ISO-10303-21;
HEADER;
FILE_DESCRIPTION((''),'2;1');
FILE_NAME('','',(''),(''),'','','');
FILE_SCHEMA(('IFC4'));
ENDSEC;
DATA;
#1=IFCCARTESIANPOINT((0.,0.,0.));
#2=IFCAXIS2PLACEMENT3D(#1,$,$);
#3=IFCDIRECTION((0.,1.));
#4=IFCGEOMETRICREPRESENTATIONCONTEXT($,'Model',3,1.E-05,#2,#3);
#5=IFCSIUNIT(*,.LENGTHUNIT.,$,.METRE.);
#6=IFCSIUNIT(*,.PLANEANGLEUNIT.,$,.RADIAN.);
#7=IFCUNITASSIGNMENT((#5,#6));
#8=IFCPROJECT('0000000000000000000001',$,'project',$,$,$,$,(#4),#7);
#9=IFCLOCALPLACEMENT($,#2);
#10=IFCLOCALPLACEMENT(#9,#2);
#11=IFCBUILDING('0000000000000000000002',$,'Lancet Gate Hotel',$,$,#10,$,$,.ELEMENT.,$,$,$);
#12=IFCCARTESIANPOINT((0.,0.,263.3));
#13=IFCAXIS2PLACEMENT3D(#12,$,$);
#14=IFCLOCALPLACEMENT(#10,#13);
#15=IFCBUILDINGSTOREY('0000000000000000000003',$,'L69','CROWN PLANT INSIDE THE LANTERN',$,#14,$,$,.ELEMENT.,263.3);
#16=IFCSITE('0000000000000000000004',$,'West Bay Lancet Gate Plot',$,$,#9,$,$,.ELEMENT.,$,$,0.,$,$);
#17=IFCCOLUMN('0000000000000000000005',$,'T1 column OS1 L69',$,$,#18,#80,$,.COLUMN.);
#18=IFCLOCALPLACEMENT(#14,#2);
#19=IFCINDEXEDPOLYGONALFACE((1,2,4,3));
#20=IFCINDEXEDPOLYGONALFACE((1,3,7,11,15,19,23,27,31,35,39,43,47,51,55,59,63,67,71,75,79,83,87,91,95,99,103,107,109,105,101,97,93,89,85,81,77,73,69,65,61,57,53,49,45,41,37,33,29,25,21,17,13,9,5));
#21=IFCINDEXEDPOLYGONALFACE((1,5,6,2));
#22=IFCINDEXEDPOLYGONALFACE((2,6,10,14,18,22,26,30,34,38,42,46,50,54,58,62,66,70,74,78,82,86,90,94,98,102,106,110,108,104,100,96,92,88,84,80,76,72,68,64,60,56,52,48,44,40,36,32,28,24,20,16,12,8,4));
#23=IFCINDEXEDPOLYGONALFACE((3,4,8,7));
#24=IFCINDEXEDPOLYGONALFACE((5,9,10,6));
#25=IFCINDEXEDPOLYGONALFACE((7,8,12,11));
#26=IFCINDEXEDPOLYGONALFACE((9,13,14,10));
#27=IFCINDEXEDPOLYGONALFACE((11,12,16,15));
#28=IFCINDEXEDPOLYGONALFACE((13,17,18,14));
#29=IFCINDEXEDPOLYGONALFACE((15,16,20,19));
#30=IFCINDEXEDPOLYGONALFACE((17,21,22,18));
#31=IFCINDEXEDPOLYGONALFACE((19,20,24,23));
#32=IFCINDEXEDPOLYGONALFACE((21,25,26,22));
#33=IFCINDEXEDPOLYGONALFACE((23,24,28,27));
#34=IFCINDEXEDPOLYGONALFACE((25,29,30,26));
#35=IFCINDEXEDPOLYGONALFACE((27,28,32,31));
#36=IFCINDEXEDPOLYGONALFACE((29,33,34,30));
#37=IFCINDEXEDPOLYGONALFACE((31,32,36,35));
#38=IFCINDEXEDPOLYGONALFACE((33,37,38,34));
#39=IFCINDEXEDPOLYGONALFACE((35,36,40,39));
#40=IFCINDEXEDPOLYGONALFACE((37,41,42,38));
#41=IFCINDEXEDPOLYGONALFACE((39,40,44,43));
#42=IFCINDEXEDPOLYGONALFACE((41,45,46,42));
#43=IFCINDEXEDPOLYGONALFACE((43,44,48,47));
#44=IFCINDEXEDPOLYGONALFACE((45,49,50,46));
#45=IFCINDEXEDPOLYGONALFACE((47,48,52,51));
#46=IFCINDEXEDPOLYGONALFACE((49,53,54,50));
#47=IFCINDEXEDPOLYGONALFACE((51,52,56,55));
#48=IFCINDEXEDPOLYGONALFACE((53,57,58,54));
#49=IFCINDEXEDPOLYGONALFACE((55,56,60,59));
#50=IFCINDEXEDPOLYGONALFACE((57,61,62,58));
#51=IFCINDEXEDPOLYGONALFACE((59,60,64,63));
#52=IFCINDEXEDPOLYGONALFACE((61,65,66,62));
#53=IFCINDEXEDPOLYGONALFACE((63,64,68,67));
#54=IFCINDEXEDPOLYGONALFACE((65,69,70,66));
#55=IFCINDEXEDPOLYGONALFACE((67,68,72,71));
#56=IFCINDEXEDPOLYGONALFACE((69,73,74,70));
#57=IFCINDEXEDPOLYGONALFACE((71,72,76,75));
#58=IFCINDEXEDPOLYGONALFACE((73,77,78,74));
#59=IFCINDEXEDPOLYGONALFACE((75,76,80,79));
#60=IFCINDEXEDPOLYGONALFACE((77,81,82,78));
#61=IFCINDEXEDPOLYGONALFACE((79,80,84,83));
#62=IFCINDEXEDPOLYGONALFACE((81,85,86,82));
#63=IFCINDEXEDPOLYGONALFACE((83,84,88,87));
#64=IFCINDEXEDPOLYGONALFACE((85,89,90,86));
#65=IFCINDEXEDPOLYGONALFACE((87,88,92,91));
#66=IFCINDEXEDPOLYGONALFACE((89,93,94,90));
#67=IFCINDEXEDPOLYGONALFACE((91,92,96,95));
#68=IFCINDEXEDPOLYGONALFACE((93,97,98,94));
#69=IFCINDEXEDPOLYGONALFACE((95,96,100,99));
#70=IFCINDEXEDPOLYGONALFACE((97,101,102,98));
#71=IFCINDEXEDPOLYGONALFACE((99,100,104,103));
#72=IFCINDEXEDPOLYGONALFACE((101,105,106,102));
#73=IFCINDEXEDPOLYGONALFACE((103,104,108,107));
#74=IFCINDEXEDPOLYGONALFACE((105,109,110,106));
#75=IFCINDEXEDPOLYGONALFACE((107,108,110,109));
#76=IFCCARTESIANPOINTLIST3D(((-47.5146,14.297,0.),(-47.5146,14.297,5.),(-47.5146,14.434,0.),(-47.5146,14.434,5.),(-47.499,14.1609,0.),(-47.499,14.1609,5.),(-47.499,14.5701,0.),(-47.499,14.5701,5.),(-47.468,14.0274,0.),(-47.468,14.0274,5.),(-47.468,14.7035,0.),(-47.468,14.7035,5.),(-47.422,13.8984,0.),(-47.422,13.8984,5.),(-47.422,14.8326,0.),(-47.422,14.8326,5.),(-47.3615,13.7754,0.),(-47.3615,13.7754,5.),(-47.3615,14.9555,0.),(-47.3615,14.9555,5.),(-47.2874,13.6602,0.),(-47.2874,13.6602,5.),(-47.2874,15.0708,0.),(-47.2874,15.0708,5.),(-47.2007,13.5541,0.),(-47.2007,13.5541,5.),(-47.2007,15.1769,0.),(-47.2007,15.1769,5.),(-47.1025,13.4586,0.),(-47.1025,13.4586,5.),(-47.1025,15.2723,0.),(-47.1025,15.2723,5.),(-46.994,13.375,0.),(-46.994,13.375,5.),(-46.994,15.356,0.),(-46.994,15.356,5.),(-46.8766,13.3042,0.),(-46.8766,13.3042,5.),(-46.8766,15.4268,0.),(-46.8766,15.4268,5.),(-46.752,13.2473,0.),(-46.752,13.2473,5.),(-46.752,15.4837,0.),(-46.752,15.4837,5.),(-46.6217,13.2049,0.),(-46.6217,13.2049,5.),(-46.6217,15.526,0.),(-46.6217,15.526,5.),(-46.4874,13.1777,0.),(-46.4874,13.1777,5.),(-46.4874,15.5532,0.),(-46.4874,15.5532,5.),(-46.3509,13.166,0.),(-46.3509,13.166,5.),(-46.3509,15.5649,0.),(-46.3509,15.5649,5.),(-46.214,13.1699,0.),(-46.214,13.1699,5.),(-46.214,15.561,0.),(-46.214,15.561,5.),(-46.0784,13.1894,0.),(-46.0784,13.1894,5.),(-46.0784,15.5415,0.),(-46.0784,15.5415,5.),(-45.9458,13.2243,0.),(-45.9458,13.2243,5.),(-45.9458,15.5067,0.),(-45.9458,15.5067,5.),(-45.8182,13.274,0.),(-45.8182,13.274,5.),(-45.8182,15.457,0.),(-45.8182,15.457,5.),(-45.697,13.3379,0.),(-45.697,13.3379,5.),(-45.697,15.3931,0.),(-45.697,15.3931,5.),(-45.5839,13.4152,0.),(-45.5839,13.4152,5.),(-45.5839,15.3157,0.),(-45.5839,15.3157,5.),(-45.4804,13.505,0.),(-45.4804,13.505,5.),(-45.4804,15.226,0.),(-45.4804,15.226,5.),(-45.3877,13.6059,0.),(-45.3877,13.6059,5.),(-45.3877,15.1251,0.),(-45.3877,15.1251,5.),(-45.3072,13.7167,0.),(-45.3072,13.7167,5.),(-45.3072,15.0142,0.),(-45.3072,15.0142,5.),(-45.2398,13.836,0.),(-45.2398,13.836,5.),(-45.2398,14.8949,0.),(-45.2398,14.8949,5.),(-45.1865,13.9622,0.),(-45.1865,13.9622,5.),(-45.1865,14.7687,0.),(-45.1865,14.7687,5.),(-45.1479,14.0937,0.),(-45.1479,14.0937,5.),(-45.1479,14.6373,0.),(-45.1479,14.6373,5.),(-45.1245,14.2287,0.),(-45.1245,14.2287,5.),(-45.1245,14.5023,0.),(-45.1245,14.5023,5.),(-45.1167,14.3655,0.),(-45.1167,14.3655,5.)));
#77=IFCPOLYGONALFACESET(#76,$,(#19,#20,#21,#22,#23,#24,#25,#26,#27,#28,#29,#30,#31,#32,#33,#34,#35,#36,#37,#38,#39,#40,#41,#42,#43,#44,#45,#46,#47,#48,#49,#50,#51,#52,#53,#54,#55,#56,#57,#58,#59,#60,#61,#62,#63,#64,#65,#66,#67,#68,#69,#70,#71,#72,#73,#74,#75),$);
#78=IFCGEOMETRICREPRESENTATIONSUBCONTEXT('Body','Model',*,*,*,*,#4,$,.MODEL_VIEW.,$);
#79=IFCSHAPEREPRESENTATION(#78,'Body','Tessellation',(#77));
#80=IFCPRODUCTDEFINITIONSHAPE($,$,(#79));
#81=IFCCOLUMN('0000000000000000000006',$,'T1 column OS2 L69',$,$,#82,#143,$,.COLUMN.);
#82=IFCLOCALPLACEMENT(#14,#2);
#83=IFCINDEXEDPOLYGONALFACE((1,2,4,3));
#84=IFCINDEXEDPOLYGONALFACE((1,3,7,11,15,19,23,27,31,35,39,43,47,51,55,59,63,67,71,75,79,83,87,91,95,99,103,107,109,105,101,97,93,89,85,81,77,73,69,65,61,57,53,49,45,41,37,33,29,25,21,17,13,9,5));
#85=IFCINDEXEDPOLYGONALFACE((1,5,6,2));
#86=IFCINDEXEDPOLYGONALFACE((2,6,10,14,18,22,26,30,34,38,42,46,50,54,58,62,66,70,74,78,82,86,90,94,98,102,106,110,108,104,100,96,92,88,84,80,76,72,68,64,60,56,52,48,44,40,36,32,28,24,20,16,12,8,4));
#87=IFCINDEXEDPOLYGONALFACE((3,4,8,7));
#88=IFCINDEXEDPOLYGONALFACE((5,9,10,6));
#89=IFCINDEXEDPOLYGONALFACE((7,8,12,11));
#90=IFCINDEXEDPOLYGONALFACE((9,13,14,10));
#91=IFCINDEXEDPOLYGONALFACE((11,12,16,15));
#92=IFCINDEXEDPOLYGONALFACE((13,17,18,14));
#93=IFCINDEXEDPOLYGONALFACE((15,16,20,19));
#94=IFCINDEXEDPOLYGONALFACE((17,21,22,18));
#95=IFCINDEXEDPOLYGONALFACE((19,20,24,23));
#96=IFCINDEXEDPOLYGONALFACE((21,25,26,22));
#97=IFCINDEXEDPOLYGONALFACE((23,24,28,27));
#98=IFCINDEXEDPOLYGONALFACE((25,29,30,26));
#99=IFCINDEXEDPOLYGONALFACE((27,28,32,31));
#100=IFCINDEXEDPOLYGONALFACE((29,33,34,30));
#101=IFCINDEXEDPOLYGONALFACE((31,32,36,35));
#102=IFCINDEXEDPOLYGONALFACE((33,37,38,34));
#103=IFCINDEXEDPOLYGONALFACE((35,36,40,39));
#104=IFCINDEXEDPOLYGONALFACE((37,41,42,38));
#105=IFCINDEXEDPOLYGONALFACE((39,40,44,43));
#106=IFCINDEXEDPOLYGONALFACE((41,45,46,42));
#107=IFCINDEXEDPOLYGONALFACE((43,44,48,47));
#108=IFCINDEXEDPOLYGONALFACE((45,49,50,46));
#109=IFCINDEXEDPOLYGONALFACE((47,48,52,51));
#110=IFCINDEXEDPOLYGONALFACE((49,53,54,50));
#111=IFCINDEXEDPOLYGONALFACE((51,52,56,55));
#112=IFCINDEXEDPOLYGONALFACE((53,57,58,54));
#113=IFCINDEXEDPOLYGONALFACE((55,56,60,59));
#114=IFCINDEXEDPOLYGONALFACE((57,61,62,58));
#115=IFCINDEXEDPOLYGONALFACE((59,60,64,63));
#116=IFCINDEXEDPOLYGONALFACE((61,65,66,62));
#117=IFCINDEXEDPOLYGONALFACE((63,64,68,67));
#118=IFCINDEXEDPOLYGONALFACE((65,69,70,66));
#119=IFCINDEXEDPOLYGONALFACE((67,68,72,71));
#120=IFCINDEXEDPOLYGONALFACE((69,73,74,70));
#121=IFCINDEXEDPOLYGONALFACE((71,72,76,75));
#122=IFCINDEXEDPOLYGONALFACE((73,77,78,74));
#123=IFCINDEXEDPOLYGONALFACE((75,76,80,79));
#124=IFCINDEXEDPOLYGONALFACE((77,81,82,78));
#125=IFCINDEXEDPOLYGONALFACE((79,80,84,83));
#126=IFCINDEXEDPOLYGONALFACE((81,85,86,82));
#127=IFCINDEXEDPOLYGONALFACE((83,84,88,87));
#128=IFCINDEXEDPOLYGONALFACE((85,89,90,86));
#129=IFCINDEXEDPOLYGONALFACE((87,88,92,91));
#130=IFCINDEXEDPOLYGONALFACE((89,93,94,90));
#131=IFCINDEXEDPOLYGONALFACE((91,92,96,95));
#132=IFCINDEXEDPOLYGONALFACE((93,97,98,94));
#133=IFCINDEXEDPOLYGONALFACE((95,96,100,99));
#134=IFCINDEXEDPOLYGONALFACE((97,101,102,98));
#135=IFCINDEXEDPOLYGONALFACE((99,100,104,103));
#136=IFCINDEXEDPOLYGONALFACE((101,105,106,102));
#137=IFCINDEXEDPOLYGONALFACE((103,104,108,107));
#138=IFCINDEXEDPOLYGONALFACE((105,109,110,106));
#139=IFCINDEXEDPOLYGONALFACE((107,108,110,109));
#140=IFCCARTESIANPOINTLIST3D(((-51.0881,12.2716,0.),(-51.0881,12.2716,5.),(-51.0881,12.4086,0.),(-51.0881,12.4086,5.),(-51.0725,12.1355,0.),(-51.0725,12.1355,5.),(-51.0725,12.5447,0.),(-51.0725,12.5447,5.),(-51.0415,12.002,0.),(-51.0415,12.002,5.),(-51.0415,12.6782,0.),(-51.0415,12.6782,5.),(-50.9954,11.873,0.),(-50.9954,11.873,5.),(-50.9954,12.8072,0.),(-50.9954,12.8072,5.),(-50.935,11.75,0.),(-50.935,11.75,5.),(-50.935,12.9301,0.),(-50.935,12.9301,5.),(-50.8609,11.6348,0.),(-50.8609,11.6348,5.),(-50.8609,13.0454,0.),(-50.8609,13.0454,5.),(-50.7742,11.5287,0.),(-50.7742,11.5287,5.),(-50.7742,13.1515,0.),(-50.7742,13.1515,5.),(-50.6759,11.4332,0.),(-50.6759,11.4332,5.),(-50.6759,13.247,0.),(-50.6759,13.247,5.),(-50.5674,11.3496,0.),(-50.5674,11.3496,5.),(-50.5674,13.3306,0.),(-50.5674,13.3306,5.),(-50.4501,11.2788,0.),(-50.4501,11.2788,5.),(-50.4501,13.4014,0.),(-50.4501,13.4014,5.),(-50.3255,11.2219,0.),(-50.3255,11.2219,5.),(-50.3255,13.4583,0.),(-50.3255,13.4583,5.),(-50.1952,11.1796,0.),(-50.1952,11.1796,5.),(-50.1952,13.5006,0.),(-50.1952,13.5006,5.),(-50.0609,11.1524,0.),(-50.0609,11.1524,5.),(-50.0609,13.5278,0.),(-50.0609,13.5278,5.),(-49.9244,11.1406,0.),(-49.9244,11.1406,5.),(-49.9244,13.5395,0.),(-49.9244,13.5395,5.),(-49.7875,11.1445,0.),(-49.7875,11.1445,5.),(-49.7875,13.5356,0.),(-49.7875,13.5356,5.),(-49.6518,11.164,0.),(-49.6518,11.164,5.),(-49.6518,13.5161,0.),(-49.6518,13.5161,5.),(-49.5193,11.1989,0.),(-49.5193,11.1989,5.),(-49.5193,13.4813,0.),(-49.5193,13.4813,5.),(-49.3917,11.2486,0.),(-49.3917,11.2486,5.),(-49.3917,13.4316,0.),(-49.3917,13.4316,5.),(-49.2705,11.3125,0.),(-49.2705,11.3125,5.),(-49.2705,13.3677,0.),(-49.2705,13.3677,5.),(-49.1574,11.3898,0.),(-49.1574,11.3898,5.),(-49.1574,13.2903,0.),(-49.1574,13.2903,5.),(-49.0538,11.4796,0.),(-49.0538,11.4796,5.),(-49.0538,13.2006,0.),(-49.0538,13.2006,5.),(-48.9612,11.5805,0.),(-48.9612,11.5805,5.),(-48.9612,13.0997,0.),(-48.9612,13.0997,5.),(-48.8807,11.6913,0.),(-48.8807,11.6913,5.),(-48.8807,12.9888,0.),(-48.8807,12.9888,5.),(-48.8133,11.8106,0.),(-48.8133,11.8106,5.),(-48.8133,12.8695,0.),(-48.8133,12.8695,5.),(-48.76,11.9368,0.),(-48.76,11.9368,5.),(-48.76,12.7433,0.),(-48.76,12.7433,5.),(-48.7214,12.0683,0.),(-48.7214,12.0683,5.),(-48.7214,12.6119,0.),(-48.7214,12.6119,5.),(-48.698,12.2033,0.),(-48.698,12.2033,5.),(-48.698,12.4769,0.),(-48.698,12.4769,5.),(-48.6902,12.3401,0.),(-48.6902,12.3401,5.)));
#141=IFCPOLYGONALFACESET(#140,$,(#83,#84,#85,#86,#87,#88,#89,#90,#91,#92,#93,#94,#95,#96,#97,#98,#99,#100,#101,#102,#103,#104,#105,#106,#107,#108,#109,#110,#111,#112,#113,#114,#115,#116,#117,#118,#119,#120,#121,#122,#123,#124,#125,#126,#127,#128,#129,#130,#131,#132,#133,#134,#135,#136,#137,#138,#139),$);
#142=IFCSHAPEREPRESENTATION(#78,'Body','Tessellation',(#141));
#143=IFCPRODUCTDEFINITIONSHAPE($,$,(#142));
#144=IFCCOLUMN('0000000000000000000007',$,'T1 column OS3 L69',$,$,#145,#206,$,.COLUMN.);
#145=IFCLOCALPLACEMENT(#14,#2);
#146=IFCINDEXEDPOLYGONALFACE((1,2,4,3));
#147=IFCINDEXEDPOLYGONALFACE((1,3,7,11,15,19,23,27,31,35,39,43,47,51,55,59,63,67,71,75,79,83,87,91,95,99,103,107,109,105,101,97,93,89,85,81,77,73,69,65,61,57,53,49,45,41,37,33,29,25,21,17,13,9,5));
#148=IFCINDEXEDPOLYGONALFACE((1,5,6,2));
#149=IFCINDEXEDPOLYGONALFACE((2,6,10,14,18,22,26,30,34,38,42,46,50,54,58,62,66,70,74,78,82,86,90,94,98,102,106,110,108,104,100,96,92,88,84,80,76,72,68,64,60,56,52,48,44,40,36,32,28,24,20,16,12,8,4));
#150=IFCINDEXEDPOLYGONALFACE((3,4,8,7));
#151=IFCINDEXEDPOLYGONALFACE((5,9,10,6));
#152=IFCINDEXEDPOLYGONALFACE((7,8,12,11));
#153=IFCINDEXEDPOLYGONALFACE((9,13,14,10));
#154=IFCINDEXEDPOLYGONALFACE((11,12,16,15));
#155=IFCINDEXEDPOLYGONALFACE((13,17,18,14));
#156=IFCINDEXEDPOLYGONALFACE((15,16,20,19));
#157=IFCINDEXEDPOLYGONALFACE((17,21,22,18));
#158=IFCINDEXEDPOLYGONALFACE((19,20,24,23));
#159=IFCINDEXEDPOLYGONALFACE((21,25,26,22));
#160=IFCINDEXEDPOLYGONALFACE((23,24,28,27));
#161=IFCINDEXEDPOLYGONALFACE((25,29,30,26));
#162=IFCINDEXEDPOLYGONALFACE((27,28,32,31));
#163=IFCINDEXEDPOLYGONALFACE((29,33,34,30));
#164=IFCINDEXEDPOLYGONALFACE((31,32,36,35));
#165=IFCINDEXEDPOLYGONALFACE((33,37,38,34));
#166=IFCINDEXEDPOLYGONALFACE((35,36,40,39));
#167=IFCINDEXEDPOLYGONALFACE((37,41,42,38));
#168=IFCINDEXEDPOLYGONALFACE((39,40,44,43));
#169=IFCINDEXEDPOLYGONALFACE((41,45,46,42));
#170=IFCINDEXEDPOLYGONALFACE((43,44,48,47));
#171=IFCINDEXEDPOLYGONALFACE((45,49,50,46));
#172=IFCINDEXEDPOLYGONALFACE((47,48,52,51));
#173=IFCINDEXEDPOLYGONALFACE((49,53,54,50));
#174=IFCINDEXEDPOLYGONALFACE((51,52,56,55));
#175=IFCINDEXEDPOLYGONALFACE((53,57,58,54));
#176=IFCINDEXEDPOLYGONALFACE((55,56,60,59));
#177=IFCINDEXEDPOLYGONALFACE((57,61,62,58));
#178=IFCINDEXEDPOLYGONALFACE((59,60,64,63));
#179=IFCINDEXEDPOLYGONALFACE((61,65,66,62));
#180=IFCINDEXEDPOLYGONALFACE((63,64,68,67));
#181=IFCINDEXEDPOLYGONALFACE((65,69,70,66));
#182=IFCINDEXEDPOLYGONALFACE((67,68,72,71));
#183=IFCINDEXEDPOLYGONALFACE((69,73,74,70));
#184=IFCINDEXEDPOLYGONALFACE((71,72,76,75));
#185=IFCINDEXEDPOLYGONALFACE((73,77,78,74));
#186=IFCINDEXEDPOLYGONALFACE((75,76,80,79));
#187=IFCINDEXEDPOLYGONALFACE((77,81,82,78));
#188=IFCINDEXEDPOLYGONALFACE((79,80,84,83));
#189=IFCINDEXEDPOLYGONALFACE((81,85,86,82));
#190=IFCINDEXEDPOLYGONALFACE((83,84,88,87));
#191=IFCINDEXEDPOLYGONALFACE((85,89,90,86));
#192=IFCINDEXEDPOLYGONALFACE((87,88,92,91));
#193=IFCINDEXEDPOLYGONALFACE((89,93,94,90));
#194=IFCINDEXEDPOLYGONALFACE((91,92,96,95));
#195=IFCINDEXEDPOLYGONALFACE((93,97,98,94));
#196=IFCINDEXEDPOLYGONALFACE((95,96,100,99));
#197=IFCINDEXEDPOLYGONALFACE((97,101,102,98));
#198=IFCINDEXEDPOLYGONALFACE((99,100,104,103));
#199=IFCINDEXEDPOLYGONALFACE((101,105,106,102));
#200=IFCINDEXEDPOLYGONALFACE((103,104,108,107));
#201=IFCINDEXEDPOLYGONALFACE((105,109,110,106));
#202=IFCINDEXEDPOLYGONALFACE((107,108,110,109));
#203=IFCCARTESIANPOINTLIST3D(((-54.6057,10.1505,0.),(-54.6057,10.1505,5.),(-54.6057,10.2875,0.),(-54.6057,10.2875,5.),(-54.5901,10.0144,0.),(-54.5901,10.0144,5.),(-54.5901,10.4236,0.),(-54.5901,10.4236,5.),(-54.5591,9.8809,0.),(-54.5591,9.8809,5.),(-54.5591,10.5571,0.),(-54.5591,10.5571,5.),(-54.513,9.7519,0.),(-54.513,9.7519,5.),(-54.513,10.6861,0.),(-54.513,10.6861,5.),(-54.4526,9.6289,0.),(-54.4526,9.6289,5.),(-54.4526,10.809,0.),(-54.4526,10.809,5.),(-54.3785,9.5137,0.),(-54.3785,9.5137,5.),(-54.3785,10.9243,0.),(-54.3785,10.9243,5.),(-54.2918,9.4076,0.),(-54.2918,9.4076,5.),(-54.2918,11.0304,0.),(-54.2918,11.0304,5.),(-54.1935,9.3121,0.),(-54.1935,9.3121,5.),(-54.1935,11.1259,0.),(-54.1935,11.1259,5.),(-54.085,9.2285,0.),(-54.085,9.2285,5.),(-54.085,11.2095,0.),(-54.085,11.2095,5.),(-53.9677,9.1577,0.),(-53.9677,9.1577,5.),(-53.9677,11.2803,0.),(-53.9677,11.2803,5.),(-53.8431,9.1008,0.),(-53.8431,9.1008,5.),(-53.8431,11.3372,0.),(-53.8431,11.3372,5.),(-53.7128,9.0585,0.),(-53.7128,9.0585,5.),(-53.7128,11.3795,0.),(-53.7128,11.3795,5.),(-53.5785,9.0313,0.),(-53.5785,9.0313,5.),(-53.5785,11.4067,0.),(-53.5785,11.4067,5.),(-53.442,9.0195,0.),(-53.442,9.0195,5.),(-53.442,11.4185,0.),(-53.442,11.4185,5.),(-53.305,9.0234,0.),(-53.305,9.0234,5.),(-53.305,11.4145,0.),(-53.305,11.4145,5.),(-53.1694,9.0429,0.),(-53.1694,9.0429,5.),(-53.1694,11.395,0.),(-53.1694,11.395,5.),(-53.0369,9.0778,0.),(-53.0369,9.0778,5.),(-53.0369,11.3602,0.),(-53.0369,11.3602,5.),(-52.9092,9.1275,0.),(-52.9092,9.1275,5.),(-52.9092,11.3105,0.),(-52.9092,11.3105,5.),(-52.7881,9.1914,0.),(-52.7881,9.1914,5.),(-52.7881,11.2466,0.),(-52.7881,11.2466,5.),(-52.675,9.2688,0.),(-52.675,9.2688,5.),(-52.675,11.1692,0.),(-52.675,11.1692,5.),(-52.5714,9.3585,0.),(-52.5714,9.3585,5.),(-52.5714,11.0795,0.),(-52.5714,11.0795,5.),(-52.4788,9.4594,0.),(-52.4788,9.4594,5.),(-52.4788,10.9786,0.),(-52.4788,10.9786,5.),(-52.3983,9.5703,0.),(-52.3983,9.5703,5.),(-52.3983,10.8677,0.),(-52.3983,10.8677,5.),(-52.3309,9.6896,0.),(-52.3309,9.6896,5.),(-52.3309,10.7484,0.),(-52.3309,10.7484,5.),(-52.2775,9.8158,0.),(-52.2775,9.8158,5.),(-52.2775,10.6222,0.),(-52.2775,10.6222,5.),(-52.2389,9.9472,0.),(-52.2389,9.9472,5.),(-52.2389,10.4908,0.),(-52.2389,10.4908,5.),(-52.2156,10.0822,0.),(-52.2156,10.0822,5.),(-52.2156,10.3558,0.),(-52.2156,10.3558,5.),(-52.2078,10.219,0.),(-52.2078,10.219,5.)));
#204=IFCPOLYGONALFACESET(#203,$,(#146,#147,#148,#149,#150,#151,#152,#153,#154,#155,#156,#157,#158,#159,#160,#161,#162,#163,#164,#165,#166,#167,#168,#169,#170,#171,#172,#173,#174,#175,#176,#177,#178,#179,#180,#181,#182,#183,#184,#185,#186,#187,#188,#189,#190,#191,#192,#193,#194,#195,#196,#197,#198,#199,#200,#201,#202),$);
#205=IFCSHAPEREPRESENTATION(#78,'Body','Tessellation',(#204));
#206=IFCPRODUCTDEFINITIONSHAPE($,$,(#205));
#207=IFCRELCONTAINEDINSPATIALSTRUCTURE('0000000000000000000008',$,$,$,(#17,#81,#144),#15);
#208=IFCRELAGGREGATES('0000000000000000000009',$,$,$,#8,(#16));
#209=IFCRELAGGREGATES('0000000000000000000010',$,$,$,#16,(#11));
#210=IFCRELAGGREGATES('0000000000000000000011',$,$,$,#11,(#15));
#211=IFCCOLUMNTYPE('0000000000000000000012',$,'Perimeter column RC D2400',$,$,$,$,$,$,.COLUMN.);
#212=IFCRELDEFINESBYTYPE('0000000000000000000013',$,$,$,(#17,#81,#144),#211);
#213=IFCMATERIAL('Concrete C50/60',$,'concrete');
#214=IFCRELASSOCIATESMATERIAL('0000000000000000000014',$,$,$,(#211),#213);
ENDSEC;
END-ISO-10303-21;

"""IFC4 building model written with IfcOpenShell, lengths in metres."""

from ifc_helpers import new_model, si_unit, direction, frame, origin, origin_2d, place, context, subcontext, project, spatial, circle, extrude, material, material_profile, profile_set, type_object, element, save


model = new_model("IFC4")

# Units and contexts
model_context = context("Model", 3, precision=1e-05, world=origin(), true_north=direction((0.0, 1.0)))
body_context = subcontext(model_context, "Body", "Model", "MODEL_VIEW")
ifc_project = project(units=[si_unit("LENGTHUNIT", "METRE"), si_unit("PLANEANGLEUNIT", "RADIAN")], contexts=[model_context])

# Site, building, storey
site_placement = place(None, origin())
site = spatial("IfcSite", under=ifc_project, at=site_placement, Name="West Bay Lancet Gate Plot", CompositionType="ELEMENT", RefElevation=0.0)
building_placement = place(site_placement, origin())
building = spatial("IfcBuilding", under=site, at=building_placement, Name="Lancet Gate Hotel", CompositionType="ELEMENT")
storey_placement = place(building_placement, frame((0.0, 0.0, 263.3)))
storey = spatial("IfcBuildingStorey", under=building, at=storey_placement, Name="L69", Description="CROWN PLANT INSIDE THE LANTERN", CompositionType="ELEMENT", Elevation=263.3)

# Columns
ifc_material_1 = material(Name="Concrete C50/60", Category="concrete")
ifc_material_profile_1 = material_profile(ifc_material_1, circle(Radius=1.2, at=origin_2d()), Name="RC D2400")
ifc_profile_set_1 = profile_set([ifc_material_profile_1], Name="Concrete C50/60")
column_type = type_object("IfcColumnType", Name="Perimeter column RC D2400", PredefinedType="COLUMN", material=ifc_profile_set_1)
for number, where, z_axis, x_axis, name in (
    (1, (-46.3167, 14.3655, 0.0), (0.0, 0.0, 1.0), (1.0, 0.0, 0.0), "T1 column OS1 L69"),
    (2, (-49.8901, 12.3401, 0.0), (0.0, 0.0, 1.0), (1.0, 0.0, 0.0), "T1 column OS2 L69"),
    (3, (-53.4077, 10.219, 0.0), (0.0, 0.0, 1.0), (1.0, 0.0, 0.0), "T1 column OS3 L69"),
):
    element("IfcColumn", number, at=place(storey_placement, frame(where, z_axis=z_axis, x_axis=x_axis)), inside=storey, type_object=column_type, Name=name, PredefinedType="COLUMN", context=body_context, shape_type="SweptSolid", body=[
        extrude(circle(Radius=1.2, at=origin_2d()), origin(), (0.0, 0.0, 1.0), 5.0),
    ])

save(model, "model.ifc")
